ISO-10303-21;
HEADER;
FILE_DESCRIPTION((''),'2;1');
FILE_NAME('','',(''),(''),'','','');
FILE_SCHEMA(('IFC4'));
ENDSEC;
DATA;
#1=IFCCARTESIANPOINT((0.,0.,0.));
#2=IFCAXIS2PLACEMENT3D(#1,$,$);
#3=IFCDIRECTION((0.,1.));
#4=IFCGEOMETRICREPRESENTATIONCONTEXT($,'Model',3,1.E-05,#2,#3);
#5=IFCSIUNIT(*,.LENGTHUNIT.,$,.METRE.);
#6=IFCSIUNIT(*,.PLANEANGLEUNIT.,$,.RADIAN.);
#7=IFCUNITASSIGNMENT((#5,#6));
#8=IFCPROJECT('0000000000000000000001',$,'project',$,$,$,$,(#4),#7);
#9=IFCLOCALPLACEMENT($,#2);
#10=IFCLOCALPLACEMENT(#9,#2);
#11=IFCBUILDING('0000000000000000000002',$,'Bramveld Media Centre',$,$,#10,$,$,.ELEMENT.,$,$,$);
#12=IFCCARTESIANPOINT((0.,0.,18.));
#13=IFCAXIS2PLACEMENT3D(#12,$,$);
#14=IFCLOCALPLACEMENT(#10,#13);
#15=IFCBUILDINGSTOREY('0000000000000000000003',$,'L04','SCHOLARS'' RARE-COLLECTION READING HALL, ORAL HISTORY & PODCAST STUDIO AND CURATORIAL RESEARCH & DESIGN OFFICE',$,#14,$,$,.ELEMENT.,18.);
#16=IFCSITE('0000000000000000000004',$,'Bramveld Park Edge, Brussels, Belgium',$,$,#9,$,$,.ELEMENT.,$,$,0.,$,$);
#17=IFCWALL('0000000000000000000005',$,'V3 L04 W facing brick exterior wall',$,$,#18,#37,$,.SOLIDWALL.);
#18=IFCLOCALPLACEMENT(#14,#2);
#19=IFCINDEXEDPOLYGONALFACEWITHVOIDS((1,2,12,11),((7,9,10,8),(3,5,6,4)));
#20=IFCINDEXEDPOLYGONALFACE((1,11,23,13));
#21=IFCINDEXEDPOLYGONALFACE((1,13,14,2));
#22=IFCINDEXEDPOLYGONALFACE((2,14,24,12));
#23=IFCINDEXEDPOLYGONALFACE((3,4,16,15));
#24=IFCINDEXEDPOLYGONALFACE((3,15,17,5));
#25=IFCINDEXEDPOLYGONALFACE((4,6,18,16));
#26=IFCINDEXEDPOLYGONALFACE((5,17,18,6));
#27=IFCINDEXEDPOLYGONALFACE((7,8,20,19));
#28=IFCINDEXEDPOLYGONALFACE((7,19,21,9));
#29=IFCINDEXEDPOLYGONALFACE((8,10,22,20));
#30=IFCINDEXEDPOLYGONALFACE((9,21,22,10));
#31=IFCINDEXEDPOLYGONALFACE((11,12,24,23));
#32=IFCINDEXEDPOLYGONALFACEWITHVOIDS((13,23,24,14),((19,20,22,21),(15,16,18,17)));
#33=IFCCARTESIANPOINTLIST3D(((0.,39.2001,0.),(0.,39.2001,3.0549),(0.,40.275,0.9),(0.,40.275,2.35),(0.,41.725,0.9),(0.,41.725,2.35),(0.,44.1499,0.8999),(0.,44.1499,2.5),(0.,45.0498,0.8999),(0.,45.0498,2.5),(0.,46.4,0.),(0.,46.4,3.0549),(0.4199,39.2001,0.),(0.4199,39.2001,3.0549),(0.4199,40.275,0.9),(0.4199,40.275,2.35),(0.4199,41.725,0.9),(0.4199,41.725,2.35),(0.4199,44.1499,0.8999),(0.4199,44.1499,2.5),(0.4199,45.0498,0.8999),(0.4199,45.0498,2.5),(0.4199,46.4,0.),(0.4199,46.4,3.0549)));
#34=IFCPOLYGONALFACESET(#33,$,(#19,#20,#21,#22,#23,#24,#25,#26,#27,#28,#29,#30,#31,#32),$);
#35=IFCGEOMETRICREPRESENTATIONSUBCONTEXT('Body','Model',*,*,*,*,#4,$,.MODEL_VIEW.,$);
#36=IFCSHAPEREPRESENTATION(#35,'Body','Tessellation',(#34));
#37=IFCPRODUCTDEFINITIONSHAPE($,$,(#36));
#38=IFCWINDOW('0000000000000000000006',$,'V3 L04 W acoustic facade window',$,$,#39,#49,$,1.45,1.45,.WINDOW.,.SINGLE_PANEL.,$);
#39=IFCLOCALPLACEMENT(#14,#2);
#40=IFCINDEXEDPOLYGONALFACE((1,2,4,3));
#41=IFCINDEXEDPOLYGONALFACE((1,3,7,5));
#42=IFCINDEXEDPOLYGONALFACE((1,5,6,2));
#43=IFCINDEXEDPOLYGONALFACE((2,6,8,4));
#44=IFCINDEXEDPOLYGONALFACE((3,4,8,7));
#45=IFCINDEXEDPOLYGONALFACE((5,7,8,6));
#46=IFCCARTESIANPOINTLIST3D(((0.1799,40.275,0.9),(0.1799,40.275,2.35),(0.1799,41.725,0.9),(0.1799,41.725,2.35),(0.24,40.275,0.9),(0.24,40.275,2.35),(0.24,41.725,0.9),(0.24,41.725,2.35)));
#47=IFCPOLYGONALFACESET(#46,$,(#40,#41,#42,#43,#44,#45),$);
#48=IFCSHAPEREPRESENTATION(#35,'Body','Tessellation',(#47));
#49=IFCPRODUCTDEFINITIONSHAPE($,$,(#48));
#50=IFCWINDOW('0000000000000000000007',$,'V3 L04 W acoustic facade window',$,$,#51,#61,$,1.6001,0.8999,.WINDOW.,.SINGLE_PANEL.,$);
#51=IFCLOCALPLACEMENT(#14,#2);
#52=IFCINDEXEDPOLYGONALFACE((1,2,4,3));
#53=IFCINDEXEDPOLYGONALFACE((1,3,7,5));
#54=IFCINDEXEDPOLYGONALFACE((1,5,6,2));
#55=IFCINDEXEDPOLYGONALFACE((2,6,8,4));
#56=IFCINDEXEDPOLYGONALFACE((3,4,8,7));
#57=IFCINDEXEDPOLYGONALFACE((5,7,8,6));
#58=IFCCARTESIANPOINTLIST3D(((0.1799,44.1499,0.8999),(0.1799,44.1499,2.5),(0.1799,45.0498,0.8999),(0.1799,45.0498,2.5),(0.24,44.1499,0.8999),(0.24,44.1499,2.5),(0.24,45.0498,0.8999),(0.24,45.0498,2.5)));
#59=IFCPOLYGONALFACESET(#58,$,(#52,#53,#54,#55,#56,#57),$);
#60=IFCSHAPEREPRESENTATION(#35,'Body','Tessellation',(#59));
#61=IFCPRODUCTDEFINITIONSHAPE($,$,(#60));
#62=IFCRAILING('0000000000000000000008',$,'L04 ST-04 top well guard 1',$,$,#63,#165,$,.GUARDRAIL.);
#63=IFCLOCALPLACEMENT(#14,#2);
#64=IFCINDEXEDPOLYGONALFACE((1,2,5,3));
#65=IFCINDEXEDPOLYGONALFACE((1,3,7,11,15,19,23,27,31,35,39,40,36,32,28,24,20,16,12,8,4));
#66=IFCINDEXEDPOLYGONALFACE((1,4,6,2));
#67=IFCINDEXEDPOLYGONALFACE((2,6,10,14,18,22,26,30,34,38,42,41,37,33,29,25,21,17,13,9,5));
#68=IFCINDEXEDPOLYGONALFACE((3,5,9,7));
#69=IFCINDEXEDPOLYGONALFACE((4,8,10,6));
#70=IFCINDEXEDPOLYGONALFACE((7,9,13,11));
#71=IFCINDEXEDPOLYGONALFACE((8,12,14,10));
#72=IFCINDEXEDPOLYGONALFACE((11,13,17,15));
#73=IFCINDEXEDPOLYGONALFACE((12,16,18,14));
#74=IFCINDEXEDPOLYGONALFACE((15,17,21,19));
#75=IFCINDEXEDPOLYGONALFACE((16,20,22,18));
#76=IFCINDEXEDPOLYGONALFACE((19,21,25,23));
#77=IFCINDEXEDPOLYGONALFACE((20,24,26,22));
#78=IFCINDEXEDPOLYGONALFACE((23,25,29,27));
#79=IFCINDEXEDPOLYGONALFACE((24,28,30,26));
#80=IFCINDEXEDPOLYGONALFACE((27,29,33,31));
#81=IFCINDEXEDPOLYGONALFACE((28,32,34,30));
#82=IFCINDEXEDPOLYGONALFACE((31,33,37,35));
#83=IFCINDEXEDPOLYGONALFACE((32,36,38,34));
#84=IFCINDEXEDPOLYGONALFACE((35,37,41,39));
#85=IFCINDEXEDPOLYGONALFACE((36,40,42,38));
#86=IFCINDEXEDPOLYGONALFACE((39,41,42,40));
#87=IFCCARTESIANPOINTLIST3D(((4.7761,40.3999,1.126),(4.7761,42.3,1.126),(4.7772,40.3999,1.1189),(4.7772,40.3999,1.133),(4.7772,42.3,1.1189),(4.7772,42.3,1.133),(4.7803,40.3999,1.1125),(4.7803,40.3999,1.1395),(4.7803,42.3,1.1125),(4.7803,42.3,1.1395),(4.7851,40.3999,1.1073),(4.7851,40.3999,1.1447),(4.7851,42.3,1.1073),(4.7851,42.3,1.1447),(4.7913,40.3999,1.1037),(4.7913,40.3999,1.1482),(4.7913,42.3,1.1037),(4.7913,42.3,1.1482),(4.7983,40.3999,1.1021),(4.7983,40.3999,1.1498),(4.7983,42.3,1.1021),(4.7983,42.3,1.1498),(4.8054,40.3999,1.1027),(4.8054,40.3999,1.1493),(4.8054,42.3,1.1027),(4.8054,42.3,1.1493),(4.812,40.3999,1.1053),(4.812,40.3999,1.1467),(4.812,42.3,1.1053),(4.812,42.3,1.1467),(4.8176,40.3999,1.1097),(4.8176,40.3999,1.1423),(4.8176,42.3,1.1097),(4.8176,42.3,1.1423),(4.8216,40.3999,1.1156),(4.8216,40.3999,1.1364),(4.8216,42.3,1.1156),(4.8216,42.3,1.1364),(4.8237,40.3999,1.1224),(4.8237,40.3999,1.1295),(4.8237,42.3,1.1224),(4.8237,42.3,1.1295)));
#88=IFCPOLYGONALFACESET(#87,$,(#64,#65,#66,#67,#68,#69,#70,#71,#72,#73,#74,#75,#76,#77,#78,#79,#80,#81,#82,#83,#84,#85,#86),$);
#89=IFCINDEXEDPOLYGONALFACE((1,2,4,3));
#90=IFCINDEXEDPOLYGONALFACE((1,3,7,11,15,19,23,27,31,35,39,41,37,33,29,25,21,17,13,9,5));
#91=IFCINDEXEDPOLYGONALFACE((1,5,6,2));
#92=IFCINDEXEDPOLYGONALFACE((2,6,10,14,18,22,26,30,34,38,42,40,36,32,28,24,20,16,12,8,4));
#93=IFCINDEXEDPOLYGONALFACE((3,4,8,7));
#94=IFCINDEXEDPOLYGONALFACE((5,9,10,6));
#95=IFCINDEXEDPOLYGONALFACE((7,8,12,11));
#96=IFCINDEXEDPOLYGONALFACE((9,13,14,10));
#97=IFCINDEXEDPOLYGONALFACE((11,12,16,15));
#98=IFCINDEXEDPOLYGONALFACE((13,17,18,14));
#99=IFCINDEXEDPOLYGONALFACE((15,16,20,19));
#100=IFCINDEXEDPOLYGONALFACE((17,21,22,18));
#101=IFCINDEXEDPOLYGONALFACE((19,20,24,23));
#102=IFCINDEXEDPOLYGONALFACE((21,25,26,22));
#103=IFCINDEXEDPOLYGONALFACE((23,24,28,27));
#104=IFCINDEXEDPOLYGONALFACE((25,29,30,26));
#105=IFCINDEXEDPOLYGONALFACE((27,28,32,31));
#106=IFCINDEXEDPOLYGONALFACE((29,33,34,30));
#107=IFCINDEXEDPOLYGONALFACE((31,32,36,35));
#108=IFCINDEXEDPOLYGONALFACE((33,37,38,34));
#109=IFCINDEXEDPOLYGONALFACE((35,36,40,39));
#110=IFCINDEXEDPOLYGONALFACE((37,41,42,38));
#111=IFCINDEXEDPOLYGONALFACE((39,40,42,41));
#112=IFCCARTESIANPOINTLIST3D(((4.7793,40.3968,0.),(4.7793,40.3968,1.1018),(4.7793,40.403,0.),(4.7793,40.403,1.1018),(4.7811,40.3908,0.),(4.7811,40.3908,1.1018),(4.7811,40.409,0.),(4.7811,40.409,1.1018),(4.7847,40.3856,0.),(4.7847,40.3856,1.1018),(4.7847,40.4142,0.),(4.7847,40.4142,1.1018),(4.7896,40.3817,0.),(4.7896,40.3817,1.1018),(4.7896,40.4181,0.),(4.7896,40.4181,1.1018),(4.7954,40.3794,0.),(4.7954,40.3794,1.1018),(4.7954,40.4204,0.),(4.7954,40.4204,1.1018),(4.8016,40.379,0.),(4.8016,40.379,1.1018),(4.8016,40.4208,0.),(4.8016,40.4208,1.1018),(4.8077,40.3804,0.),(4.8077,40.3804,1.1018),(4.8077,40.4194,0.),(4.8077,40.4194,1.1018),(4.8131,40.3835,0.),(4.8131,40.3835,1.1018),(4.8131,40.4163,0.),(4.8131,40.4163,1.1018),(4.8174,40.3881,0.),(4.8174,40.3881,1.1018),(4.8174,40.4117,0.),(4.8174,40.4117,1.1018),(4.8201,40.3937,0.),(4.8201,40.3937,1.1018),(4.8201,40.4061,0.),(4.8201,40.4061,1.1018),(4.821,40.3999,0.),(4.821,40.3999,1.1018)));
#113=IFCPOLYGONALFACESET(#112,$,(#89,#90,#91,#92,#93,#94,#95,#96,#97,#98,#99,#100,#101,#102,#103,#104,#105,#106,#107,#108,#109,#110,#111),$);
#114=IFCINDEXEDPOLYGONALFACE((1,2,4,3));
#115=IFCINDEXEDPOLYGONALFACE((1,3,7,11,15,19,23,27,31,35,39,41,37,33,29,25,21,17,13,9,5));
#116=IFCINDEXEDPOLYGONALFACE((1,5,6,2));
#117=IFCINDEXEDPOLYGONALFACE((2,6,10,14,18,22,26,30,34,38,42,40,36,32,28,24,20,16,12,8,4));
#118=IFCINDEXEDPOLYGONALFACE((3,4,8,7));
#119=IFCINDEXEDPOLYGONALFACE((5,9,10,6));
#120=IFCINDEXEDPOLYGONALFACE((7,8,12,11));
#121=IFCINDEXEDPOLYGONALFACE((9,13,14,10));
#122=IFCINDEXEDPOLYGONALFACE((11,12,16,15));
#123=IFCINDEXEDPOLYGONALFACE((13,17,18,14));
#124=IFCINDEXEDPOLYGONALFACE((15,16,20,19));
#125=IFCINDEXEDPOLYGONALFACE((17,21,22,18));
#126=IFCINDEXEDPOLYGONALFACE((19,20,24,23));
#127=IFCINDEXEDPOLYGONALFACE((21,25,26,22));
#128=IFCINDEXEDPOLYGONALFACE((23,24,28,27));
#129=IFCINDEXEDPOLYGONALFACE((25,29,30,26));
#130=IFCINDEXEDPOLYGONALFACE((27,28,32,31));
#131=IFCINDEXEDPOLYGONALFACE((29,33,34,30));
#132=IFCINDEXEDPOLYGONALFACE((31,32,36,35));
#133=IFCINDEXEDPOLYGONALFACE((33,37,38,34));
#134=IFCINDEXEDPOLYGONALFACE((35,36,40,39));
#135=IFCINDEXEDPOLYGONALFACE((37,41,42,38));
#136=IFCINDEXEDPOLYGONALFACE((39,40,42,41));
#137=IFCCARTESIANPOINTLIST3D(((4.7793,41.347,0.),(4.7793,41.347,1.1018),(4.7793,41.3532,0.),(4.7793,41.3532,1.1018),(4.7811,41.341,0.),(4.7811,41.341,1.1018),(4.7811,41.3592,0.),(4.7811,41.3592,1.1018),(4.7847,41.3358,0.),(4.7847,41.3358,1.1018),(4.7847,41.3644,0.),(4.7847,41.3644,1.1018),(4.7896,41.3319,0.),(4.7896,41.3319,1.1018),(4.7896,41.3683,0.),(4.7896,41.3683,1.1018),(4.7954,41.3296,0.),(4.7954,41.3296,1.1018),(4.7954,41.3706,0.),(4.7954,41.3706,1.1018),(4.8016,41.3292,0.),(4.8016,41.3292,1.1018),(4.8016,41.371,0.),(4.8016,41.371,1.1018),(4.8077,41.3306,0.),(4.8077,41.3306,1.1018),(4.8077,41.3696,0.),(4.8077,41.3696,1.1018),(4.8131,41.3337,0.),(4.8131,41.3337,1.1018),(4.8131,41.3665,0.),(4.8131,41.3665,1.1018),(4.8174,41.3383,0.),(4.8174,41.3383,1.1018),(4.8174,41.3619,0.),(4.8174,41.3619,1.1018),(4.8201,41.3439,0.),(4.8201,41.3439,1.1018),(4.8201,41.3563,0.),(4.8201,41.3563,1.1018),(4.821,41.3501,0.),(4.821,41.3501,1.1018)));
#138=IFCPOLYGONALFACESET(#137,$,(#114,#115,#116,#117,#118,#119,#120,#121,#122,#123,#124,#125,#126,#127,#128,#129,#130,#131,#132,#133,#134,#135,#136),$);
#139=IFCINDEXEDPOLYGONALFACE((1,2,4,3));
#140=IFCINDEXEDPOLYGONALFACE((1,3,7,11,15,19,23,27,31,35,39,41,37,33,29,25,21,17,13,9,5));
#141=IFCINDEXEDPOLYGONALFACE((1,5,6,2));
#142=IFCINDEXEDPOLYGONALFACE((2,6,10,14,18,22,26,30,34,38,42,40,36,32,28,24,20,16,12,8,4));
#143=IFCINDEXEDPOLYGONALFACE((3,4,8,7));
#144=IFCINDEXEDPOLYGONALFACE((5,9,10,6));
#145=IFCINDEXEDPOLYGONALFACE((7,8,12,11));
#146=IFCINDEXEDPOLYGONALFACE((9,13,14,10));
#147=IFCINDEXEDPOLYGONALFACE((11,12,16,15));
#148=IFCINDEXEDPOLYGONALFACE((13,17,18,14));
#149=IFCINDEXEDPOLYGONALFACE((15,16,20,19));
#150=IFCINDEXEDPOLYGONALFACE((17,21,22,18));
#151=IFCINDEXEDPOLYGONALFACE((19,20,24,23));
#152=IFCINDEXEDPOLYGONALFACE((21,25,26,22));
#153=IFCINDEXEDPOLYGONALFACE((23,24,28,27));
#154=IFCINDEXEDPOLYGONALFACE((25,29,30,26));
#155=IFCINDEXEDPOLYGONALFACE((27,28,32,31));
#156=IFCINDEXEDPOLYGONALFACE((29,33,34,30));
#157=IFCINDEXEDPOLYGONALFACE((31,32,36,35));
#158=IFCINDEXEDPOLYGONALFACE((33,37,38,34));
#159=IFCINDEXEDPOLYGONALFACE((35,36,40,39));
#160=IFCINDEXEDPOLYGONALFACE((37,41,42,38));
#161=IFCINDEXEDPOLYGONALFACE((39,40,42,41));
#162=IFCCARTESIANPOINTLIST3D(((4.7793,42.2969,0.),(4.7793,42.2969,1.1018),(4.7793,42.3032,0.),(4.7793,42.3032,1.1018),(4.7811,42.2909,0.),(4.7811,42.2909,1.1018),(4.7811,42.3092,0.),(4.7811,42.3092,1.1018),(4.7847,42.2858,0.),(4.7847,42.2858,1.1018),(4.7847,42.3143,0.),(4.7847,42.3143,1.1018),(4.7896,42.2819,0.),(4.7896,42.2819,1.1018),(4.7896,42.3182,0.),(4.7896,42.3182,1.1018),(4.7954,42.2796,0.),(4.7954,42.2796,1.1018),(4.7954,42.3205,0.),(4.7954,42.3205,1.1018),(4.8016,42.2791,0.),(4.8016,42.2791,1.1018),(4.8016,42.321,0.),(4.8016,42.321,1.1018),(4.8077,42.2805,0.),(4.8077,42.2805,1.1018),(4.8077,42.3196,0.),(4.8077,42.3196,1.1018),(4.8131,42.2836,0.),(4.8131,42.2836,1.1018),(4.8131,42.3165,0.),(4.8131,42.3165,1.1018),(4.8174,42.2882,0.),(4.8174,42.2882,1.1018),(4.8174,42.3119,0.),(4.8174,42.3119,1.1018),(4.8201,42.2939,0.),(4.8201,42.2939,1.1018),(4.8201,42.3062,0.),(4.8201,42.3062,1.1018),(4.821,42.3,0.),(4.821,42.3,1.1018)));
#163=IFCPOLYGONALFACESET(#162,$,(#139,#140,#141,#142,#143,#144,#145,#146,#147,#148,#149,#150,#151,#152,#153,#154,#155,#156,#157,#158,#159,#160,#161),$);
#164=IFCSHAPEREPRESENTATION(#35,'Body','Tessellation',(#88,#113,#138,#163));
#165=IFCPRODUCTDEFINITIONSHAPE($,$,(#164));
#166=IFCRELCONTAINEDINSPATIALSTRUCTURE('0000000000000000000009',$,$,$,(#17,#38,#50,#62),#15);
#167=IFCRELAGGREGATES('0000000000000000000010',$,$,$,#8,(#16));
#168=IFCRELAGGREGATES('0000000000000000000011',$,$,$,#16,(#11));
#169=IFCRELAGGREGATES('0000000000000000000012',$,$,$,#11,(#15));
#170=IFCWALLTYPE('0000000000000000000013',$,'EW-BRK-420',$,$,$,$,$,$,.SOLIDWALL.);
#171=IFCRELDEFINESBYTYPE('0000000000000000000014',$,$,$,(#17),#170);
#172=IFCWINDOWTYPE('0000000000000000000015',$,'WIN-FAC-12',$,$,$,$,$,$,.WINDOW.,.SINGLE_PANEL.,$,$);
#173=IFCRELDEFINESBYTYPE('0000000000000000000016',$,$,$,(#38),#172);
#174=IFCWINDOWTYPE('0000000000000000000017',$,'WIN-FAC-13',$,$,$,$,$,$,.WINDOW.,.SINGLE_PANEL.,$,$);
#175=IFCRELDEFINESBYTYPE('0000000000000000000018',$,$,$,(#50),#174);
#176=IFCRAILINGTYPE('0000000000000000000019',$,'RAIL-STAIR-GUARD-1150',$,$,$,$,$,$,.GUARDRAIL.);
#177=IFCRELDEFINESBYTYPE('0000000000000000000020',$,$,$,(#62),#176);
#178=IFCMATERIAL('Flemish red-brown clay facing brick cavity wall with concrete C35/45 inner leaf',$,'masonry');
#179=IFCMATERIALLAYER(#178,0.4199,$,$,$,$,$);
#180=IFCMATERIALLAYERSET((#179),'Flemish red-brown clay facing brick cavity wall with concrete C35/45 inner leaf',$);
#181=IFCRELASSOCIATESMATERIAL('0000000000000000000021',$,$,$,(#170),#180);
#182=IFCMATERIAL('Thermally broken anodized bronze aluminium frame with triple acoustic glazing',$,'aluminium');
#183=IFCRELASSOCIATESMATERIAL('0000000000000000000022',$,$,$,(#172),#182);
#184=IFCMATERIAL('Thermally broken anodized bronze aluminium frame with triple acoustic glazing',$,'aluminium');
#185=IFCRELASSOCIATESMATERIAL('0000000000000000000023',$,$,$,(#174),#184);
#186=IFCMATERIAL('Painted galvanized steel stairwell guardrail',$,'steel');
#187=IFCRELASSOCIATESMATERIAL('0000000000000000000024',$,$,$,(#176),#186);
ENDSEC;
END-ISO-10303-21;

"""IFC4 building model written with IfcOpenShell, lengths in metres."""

from ifc_helpers import new_model, si_unit, direction, frame, frame_2d, origin, origin_2d, place, context, subcontext, project, spatial, rectangle, circle, extrude, material, layer, layer_set, type_object, element, fill, save


model = new_model("IFC4")

# Units and contexts
model_context = context("Model", 3, precision=1e-05, world=origin(), true_north=direction((0.0, 1.0)))
body_context = subcontext(model_context, "Body", "Model", "MODEL_VIEW")
ifc_project = project(units=[si_unit("LENGTHUNIT", "METRE"), si_unit("PLANEANGLEUNIT", "RADIAN")], contexts=[model_context])

# Site, building, storey
site_placement = place(None, origin())
site = spatial("IfcSite", under=ifc_project, at=site_placement, Name="Bramveld Park Edge, Brussels, Belgium", CompositionType="ELEMENT", RefElevation=0.0)
building_placement = place(site_placement, origin())
building = spatial("IfcBuilding", under=site, at=building_placement, Name="Bramveld Media Centre", CompositionType="ELEMENT")
storey_placement = place(building_placement, frame((0.0, 0.0, 18.0)))
storey = spatial("IfcBuildingStorey", under=building, at=storey_placement, Name="L04", Description="SCHOLARS' RARE-COLLECTION READING HALL, ORAL HISTORY & PODCAST STUDIO AND CURATORIAL RESEARCH & DESIGN OFFICE", CompositionType="ELEMENT", Elevation=18.0)

# Wall, openings, windows
ifc_material_1 = material(Name="Flemish red-brown clay facing brick cavity wall with concrete C35/45 inner leaf", Category="masonry")
ifc_layer_1 = layer(ifc_material_1, 0.4199)
ifc_layer_set_1 = layer_set([ifc_layer_1], Name="Flemish red-brown clay facing brick cavity wall with concrete C35/45 inner leaf")
wall_type_1 = type_object("IfcWallType", Name="EW-BRK-420", PredefinedType="SOLIDWALL", material=ifc_layer_set_1)
wall_1_placement = place(storey_placement, frame((0.21, 39.2, 0.0), z_axis=(0.0, 0.0, 1.0), x_axis=(0.0, 1.0, 0.0)))
wall_1 = element("IfcWall", 1, at=wall_1_placement, inside=storey, type_object=wall_type_1, Name="V3 L04 W facing brick exterior wall", PredefinedType="SOLIDWALL", context=body_context, shape_type="SweptSolid", body=[
    extrude(rectangle(XDim=7.2, YDim=0.4199, at=frame_2d((3.6001, 0.0))), origin(), (0.0, 0.0, 1.0), 3.0549),
])
opening_1_placement = place(wall_1_placement, frame((1.075, 0.0, 0.8999)))
opening_1 = element("IfcOpeningElement", 2, at=opening_1_placement, cuts=wall_1, PredefinedType="OPENING", context=body_context, shape_type="SweptSolid", body=[
    extrude(rectangle(XDim=1.45, YDim=1.45, at=frame_2d((0.7251, 0.7251))), frame((0.0, 0.2219, 0.0), z_axis=(0.0, -1.0, 0.0), x_axis=(1.0, 0.0, 0.0)), (0.0, 0.0, 1.0), 0.4438),
])
opening_2_placement = place(wall_1_placement, frame((4.95, 0.0, 0.8999)))
opening_2 = element("IfcOpeningElement", 3, at=opening_2_placement, cuts=wall_1, PredefinedType="OPENING", context=body_context, shape_type="SweptSolid", body=[
    extrude(rectangle(XDim=0.8999, YDim=1.6001, at=frame_2d((0.45, 0.8))), frame((0.0, 0.2219, 0.0), z_axis=(0.0, -1.0, 0.0), x_axis=(1.0, 0.0, 0.0)), (0.0, 0.0, 1.0), 0.4438),
])
ifc_material_2 = material(Name="Thermally broken anodized bronze aluminium frame with triple acoustic glazing", Category="aluminium")
window_type_1 = type_object("IfcWindowType", Name="WIN-FAC-12", PartitioningType="SINGLE_PANEL", PredefinedType="WINDOW", material=ifc_material_2)
window_1_placement = place(opening_1_placement, origin())
window_1 = element("IfcWindow", 4, at=window_1_placement, inside=storey, type_object=window_type_1, Name="V3 L04 W acoustic facade window", OverallHeight=1.45, OverallWidth=1.45, PartitioningType="SINGLE_PANEL", PredefinedType="WINDOW", context=body_context, shape_type="SweptSolid", body=[
    extrude(rectangle(XDim=1.45, YDim=1.45, at=frame_2d((0.7251, 0.7251))), frame((0.0, 0.03, 0.0), z_axis=(0.0, -1.0, 0.0), x_axis=(1.0, 0.0, 0.0)), (0.0, 0.0, 1.0), 0.0601),
])
fill(opening_1, window_1)
ifc_material_3 = material(Name="Thermally broken anodized bronze aluminium frame with triple acoustic glazing", Category="aluminium")
window_type_2 = type_object("IfcWindowType", Name="WIN-FAC-13", PartitioningType="SINGLE_PANEL", PredefinedType="WINDOW", material=ifc_material_3)
window_2_placement = place(opening_2_placement, origin())
window_2 = element("IfcWindow", 5, at=window_2_placement, inside=storey, type_object=window_type_2, Name="V3 L04 W acoustic facade window", OverallHeight=1.6001, OverallWidth=0.8999, PartitioningType="SINGLE_PANEL", PredefinedType="WINDOW", context=body_context, shape_type="SweptSolid", body=[
    extrude(rectangle(XDim=0.8999, YDim=1.6001, at=frame_2d((0.45, 0.8))), frame((0.0, 0.03, 0.0), z_axis=(0.0, -1.0, 0.0), x_axis=(1.0, 0.0, 0.0)), (0.0, 0.0, 1.0), 0.0601),
])
fill(opening_2, window_2)

# Railing
ifc_material_4 = material(Name="Painted galvanized steel stairwell guardrail", Category="steel")
railing_type = type_object("IfcRailingType", Name="RAIL-STAIR-GUARD-1150", PredefinedType="GUARDRAIL", material=ifc_material_4)
railing_placement = place(storey_placement, frame((4.8, 40.3999, 0.0)))
element("IfcRailing", 6, at=railing_placement, inside=storey, type_object=railing_type, Name="L04 ST-04 top well guard 1", PredefinedType="GUARDRAIL", context=body_context, shape_type="SweptSolid", body=[
    extrude(circle(Radius=0.0239, at=origin_2d()), frame((0.0, 0.0, 1.126), z_axis=(0.0, 1.0, 0.0), x_axis=(-1.0, 0.0, 0.0)), (0.0, 0.0, 1.0), 1.9001),
    extrude(circle(Radius=0.021, at=origin_2d()), origin(), (0.0, 0.0, 1.0), 1.1018),
    extrude(circle(Radius=0.021, at=origin_2d()), frame((0.0, 0.9502, 0.0)), (0.0, 0.0, 1.0), 1.1018),
    extrude(circle(Radius=0.021, at=origin_2d()), frame((0.0, 1.9001, 0.0)), (0.0, 0.0, 1.0), 1.1018),
])

save(model, "model.ifc")
